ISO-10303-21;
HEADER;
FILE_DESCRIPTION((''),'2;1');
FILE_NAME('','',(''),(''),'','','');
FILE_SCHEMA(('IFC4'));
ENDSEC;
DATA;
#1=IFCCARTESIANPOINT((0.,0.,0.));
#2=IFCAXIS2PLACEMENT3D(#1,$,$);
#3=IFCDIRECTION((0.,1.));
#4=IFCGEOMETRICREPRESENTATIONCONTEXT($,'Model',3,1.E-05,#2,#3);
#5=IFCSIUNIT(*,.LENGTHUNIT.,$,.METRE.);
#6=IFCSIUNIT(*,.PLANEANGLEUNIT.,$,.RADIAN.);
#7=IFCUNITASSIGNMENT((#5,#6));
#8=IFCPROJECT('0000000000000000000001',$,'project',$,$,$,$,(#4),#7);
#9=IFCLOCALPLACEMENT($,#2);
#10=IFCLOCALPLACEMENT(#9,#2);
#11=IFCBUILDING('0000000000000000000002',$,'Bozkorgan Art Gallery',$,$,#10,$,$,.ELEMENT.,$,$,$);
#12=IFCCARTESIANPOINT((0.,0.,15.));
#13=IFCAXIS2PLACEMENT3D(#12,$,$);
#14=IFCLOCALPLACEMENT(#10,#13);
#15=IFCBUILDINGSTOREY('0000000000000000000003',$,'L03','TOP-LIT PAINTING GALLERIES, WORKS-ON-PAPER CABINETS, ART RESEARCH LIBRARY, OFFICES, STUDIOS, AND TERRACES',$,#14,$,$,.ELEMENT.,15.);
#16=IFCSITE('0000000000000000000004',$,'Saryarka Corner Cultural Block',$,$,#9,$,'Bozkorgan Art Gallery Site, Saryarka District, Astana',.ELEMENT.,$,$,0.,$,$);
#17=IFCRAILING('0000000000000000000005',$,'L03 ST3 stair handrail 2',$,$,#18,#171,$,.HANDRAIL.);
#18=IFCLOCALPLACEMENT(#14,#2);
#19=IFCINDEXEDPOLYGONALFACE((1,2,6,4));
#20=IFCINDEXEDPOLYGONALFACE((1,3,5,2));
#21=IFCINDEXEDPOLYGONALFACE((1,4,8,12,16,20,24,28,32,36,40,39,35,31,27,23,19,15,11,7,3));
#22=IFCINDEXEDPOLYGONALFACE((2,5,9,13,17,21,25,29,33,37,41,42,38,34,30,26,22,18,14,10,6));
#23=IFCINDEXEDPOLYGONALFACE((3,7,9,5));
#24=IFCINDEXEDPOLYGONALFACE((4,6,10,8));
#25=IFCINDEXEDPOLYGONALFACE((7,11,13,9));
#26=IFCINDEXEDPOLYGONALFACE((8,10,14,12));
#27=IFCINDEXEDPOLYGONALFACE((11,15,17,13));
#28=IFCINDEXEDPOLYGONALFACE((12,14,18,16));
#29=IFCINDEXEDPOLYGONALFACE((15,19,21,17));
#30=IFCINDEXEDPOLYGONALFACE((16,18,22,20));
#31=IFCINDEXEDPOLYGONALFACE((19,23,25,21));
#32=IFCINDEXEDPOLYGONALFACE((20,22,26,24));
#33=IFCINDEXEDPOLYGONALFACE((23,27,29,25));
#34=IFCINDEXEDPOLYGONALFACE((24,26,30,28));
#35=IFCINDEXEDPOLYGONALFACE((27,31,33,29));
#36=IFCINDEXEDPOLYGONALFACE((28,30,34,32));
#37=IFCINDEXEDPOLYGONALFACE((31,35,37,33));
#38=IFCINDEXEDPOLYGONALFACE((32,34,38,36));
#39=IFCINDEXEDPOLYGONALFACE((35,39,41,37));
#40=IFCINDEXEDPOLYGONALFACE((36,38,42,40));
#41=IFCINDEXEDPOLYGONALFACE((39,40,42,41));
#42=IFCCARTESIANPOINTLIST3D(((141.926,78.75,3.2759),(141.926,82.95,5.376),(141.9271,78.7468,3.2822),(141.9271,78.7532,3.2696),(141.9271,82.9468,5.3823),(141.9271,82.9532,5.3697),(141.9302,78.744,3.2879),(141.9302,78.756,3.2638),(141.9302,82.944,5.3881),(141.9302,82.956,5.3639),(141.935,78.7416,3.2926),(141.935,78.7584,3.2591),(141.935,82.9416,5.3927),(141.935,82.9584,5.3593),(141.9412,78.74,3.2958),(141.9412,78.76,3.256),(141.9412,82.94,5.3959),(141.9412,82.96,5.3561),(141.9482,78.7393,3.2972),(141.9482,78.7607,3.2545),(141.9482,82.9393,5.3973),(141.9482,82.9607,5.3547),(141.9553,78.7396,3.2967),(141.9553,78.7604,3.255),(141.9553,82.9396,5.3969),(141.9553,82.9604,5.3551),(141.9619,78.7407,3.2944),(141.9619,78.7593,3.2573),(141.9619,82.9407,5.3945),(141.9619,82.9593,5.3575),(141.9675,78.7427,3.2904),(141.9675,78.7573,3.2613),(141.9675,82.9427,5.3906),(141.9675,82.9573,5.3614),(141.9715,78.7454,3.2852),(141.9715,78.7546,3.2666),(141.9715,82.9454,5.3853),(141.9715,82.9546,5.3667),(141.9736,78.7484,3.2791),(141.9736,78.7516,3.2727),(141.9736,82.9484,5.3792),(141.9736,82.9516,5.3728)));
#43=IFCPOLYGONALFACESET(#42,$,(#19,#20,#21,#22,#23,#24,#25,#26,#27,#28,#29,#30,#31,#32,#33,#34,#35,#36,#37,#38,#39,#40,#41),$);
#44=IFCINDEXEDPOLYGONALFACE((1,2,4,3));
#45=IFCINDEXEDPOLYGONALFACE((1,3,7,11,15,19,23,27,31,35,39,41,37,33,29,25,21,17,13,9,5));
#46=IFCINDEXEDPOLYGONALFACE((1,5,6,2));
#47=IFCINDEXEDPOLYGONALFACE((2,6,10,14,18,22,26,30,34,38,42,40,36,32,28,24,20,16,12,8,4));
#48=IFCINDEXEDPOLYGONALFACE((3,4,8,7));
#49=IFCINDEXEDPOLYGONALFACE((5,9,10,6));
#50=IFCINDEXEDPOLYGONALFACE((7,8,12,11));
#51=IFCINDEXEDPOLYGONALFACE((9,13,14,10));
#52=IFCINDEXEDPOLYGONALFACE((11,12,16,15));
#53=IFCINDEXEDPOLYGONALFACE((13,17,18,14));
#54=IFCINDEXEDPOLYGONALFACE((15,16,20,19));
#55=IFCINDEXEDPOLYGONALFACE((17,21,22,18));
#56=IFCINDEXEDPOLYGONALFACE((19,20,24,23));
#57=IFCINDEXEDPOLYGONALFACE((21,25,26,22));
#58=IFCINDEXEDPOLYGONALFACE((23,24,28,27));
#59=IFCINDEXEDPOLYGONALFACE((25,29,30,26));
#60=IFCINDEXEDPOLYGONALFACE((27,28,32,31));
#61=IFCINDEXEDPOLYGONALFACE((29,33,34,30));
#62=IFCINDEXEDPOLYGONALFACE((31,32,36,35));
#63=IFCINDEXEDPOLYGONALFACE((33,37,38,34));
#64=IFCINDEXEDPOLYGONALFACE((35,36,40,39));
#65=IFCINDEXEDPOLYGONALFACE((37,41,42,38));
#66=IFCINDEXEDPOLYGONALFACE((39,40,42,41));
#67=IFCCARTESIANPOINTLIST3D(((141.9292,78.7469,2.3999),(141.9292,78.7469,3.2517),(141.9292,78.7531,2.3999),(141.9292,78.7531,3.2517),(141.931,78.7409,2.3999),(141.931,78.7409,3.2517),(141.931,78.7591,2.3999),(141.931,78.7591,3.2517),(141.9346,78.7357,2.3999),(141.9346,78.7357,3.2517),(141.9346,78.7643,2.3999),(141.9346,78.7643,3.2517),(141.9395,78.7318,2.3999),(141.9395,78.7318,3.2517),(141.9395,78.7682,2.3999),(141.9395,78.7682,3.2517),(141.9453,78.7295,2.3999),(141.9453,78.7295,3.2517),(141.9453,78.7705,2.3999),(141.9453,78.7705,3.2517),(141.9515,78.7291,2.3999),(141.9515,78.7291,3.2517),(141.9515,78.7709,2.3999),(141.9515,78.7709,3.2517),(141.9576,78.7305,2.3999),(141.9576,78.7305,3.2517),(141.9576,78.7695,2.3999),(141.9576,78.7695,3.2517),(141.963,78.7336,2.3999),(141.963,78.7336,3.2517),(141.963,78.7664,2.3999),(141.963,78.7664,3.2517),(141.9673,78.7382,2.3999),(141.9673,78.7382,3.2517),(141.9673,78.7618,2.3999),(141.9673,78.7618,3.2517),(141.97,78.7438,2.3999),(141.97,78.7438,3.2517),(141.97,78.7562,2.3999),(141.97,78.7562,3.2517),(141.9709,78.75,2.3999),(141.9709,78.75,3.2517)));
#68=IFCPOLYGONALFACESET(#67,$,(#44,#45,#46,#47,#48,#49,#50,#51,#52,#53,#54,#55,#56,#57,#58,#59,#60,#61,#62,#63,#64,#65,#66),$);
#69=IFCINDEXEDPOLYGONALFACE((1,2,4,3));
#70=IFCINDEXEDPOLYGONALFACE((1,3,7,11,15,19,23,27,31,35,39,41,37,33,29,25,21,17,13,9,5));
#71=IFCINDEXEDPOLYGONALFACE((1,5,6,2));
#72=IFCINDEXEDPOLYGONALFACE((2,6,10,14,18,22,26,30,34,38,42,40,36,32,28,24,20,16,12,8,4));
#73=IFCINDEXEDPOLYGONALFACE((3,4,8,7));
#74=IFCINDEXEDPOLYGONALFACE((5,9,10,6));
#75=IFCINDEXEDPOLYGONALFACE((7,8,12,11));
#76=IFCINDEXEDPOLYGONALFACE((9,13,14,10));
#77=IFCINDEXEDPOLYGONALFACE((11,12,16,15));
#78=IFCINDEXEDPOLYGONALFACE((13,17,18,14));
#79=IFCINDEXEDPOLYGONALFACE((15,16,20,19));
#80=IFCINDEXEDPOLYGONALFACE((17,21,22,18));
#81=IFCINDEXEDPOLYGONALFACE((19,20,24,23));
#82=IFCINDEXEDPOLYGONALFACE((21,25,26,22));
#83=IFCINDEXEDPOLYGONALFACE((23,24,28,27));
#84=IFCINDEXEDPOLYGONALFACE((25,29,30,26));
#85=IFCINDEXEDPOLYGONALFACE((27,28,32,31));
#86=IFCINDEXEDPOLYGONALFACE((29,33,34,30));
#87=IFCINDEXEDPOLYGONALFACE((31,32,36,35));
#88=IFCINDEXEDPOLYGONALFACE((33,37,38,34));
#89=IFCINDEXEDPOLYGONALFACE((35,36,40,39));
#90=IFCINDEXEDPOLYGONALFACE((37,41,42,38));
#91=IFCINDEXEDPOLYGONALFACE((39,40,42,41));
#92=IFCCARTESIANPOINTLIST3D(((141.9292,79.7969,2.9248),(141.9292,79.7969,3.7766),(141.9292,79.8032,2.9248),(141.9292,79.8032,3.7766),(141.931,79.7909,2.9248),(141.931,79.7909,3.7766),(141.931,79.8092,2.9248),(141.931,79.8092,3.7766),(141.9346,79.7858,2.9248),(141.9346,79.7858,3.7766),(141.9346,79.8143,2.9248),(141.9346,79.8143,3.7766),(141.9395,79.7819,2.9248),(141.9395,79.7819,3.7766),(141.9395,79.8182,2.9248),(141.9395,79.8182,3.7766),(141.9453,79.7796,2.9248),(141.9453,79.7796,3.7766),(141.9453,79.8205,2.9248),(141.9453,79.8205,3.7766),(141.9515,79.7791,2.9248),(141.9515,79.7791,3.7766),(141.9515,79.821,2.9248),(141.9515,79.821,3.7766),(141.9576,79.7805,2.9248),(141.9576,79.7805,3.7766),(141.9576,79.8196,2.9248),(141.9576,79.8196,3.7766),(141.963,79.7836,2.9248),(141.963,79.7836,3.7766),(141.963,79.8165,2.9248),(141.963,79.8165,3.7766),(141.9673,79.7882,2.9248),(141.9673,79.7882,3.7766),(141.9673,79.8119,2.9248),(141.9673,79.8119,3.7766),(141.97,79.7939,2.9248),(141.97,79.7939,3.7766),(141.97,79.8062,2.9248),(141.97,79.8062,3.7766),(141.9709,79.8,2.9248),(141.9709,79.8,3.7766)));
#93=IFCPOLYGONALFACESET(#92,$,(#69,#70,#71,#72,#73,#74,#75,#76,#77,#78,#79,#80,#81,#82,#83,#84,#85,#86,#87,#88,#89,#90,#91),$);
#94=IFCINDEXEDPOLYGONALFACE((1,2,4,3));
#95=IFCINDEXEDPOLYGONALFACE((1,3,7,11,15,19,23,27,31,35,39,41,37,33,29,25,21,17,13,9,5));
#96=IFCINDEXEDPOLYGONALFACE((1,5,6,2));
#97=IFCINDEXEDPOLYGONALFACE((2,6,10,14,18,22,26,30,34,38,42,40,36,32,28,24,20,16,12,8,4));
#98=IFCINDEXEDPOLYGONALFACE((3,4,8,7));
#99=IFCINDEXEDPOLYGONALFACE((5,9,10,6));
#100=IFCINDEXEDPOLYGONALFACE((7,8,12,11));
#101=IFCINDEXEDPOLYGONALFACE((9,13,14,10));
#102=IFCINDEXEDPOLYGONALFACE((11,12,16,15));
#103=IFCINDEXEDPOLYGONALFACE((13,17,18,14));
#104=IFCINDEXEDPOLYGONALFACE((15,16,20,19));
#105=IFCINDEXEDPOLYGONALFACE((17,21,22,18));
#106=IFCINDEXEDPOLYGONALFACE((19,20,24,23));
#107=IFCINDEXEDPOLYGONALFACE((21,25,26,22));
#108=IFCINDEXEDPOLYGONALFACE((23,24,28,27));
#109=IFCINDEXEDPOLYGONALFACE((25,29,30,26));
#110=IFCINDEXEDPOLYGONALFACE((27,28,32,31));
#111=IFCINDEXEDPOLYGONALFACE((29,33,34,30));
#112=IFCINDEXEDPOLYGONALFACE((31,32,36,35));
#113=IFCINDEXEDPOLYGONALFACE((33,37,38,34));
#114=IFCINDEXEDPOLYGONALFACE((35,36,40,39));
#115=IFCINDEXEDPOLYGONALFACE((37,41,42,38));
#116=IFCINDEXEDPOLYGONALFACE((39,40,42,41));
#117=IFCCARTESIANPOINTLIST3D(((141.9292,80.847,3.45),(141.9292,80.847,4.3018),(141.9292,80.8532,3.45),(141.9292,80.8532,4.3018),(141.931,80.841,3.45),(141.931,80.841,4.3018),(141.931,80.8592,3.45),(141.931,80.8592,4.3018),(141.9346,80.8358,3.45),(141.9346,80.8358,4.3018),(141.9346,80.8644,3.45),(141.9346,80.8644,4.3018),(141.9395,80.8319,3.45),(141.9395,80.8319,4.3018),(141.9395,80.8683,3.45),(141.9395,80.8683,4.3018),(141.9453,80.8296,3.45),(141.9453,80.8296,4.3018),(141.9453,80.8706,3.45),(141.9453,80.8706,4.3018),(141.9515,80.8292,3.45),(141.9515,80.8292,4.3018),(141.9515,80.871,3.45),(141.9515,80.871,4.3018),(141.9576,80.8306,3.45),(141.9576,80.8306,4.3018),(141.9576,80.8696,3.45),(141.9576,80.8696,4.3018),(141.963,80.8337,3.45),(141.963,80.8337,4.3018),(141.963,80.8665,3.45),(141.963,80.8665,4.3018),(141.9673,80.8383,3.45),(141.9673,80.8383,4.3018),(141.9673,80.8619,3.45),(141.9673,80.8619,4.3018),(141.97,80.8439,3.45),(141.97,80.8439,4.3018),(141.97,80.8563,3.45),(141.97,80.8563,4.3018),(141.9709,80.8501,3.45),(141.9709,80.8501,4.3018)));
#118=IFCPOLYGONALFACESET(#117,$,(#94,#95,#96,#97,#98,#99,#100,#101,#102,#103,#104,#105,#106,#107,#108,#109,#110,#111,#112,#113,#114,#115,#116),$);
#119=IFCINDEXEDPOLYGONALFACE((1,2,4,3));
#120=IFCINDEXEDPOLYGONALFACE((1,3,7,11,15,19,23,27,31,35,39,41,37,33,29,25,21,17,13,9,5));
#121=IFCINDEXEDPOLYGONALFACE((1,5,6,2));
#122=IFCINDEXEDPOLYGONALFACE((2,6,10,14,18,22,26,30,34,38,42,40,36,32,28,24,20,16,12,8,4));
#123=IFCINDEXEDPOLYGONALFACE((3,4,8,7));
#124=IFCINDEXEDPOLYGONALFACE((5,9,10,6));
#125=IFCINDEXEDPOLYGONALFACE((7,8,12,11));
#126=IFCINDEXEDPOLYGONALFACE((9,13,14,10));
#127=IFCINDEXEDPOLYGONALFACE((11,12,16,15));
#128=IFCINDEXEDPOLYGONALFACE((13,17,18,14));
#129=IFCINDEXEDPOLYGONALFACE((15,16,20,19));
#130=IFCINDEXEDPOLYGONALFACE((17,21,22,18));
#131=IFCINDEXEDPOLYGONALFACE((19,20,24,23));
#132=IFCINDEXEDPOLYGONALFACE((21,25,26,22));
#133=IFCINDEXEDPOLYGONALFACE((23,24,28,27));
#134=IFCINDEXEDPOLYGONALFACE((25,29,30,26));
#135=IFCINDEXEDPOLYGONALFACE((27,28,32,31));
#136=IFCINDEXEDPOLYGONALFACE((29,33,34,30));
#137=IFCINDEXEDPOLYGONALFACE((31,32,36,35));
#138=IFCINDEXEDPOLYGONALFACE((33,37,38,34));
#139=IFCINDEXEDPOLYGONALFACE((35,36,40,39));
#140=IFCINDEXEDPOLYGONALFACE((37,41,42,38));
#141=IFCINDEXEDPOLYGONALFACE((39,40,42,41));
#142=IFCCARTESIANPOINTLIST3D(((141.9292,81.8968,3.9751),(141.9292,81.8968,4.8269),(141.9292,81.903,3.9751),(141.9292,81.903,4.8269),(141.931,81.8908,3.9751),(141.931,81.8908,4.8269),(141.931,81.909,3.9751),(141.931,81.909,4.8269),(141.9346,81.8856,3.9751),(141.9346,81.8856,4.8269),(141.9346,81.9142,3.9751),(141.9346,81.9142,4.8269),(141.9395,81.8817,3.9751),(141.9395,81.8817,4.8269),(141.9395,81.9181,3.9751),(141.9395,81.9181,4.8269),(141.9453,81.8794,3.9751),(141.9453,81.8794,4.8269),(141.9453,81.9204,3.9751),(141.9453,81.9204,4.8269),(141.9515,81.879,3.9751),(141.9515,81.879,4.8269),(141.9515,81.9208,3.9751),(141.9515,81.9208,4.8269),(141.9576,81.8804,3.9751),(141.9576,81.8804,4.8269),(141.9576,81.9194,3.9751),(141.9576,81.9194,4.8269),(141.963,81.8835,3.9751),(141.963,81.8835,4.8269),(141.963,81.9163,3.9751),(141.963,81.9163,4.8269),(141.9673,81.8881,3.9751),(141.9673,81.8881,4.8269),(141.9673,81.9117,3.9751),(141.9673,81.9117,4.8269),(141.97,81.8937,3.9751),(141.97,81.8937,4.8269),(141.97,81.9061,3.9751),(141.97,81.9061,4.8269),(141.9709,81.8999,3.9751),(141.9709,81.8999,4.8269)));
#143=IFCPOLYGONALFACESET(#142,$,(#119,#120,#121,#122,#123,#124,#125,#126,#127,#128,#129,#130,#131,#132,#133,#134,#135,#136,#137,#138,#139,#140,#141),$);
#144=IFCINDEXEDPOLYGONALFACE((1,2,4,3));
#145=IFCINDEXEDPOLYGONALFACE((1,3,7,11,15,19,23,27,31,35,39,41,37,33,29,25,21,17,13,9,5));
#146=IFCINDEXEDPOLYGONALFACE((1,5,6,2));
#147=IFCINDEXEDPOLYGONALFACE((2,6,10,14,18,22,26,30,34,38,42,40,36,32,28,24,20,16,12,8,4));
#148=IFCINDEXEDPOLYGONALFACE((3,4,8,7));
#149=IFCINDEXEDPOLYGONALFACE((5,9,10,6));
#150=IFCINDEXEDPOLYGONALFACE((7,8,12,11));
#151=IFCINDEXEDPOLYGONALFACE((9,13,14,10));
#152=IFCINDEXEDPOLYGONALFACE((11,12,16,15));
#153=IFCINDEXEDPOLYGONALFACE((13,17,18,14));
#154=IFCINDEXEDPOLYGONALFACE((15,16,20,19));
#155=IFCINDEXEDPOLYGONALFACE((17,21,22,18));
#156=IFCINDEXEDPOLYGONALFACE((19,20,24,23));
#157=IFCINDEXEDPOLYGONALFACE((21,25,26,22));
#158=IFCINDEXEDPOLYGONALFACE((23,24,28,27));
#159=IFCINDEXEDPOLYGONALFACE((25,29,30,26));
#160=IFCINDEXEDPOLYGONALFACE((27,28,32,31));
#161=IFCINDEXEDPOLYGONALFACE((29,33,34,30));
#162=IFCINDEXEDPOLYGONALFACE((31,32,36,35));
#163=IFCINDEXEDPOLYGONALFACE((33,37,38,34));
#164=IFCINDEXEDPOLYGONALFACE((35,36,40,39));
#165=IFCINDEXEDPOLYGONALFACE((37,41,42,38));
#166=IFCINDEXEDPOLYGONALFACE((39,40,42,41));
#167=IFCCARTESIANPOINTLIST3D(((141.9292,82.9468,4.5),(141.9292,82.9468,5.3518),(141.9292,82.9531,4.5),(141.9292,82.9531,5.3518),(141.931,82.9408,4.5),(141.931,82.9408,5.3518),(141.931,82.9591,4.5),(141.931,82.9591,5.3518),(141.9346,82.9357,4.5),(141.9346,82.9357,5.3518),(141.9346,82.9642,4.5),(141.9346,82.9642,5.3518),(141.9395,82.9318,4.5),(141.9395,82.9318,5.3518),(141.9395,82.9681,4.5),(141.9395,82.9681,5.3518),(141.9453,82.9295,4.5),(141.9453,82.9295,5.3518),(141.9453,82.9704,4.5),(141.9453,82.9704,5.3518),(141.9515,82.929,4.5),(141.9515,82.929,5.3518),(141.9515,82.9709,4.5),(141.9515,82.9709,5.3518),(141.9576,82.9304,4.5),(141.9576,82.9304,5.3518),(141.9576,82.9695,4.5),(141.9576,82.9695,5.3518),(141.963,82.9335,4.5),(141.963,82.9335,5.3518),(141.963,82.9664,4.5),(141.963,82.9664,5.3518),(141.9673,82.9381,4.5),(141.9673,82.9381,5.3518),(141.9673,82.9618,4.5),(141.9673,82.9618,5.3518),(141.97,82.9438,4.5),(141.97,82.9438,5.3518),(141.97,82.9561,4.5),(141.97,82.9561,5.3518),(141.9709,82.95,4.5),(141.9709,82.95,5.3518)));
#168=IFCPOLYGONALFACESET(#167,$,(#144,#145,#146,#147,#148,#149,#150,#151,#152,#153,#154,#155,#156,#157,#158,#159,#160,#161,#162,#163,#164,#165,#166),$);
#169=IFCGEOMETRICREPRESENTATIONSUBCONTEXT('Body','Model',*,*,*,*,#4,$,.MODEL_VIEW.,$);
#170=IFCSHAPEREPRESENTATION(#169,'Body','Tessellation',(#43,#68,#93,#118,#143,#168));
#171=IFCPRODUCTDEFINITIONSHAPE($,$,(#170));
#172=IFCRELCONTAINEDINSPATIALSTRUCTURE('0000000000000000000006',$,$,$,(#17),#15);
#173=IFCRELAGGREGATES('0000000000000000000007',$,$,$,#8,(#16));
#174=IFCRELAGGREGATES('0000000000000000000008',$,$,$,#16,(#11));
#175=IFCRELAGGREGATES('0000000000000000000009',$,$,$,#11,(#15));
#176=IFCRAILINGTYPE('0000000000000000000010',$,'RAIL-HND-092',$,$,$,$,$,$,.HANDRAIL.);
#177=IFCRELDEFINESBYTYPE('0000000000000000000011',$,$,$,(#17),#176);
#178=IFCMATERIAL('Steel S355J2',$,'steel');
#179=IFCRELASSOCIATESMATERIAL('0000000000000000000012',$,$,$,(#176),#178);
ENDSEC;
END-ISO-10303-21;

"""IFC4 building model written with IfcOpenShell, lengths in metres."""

from ifc_helpers import new_model, si_unit, direction, frame, origin, origin_2d, place, context, subcontext, project, spatial, circle, extrude, material, type_object, element, save


model = new_model("IFC4")

# Units and contexts
model_context = context("Model", 3, precision=1e-05, world=origin(), true_north=direction((0.0, 1.0)))
body_context = subcontext(model_context, "Body", "Model", "MODEL_VIEW")
ifc_project = project(units=[si_unit("LENGTHUNIT", "METRE"), si_unit("PLANEANGLEUNIT", "RADIAN")], contexts=[model_context])

# Site, building, storey
site_placement = place(None, origin())
site = spatial("IfcSite", under=ifc_project, at=site_placement, Name="Saryarka Corner Cultural Block", LongName="Bozkorgan Art Gallery Site, Saryarka District, Astana", CompositionType="ELEMENT", RefElevation=0.0)
building_placement = place(site_placement, origin())
building = spatial("IfcBuilding", under=site, at=building_placement, Name="Bozkorgan Art Gallery", CompositionType="ELEMENT")
storey_placement = place(building_placement, frame((0.0, 0.0, 15.0)))
storey = spatial("IfcBuildingStorey", under=building, at=storey_placement, Name="L03", Description="TOP-LIT PAINTING GALLERIES, WORKS-ON-PAPER CABINETS, ART RESEARCH LIBRARY, OFFICES, STUDIOS, AND TERRACES", CompositionType="ELEMENT", Elevation=15.0)

# Shared definitions
ifc_material_1 = material(Name="Steel S355J2", Category="steel")

# Railing
railing_type_1 = type_object("IfcRailingType", Name="RAIL-HND-092", PredefinedType="HANDRAIL", material=ifc_material_1)
railing_1_placement = place(storey_placement, frame((141.95, 78.75, 2.3999)))
element("IfcRailing", 1, at=railing_1_placement, inside=storey, type_object=railing_type_1, Name="L03 ST3 stair handrail 2", PredefinedType="HANDRAIL", context=body_context, shape_type="SweptSolid", body=[
    extrude(circle(Radius=0.0239, at=origin_2d()), frame((0.0, 0.0, 0.876), z_axis=(0.0, 0.894417, 0.447234), x_axis=(-1.0, 0.0, 0.0)), (0.0, 0.0, 1.0), 4.6958),
    extrude(circle(Radius=0.021, at=origin_2d()), origin(), (0.0, 0.0, 1.0), 0.8518),
    extrude(circle(Radius=0.021, at=origin_2d()), frame((0.0, 1.05, 0.5249)), (0.0, 0.0, 1.0), 0.8518),
    extrude(circle(Radius=0.021, at=origin_2d()), frame((0.0, 2.1001, 1.05)), (0.0, 0.0, 1.0), 0.8518),
    extrude(circle(Radius=0.021, at=origin_2d()), frame((0.0, 3.1499, 1.5752)), (0.0, 0.0, 1.0), 0.8518),
    extrude(circle(Radius=0.021, at=origin_2d()), frame((0.0, 4.2, 2.1001)), (0.0, 0.0, 1.0), 0.8518),
])

save(model, "model.ifc")
